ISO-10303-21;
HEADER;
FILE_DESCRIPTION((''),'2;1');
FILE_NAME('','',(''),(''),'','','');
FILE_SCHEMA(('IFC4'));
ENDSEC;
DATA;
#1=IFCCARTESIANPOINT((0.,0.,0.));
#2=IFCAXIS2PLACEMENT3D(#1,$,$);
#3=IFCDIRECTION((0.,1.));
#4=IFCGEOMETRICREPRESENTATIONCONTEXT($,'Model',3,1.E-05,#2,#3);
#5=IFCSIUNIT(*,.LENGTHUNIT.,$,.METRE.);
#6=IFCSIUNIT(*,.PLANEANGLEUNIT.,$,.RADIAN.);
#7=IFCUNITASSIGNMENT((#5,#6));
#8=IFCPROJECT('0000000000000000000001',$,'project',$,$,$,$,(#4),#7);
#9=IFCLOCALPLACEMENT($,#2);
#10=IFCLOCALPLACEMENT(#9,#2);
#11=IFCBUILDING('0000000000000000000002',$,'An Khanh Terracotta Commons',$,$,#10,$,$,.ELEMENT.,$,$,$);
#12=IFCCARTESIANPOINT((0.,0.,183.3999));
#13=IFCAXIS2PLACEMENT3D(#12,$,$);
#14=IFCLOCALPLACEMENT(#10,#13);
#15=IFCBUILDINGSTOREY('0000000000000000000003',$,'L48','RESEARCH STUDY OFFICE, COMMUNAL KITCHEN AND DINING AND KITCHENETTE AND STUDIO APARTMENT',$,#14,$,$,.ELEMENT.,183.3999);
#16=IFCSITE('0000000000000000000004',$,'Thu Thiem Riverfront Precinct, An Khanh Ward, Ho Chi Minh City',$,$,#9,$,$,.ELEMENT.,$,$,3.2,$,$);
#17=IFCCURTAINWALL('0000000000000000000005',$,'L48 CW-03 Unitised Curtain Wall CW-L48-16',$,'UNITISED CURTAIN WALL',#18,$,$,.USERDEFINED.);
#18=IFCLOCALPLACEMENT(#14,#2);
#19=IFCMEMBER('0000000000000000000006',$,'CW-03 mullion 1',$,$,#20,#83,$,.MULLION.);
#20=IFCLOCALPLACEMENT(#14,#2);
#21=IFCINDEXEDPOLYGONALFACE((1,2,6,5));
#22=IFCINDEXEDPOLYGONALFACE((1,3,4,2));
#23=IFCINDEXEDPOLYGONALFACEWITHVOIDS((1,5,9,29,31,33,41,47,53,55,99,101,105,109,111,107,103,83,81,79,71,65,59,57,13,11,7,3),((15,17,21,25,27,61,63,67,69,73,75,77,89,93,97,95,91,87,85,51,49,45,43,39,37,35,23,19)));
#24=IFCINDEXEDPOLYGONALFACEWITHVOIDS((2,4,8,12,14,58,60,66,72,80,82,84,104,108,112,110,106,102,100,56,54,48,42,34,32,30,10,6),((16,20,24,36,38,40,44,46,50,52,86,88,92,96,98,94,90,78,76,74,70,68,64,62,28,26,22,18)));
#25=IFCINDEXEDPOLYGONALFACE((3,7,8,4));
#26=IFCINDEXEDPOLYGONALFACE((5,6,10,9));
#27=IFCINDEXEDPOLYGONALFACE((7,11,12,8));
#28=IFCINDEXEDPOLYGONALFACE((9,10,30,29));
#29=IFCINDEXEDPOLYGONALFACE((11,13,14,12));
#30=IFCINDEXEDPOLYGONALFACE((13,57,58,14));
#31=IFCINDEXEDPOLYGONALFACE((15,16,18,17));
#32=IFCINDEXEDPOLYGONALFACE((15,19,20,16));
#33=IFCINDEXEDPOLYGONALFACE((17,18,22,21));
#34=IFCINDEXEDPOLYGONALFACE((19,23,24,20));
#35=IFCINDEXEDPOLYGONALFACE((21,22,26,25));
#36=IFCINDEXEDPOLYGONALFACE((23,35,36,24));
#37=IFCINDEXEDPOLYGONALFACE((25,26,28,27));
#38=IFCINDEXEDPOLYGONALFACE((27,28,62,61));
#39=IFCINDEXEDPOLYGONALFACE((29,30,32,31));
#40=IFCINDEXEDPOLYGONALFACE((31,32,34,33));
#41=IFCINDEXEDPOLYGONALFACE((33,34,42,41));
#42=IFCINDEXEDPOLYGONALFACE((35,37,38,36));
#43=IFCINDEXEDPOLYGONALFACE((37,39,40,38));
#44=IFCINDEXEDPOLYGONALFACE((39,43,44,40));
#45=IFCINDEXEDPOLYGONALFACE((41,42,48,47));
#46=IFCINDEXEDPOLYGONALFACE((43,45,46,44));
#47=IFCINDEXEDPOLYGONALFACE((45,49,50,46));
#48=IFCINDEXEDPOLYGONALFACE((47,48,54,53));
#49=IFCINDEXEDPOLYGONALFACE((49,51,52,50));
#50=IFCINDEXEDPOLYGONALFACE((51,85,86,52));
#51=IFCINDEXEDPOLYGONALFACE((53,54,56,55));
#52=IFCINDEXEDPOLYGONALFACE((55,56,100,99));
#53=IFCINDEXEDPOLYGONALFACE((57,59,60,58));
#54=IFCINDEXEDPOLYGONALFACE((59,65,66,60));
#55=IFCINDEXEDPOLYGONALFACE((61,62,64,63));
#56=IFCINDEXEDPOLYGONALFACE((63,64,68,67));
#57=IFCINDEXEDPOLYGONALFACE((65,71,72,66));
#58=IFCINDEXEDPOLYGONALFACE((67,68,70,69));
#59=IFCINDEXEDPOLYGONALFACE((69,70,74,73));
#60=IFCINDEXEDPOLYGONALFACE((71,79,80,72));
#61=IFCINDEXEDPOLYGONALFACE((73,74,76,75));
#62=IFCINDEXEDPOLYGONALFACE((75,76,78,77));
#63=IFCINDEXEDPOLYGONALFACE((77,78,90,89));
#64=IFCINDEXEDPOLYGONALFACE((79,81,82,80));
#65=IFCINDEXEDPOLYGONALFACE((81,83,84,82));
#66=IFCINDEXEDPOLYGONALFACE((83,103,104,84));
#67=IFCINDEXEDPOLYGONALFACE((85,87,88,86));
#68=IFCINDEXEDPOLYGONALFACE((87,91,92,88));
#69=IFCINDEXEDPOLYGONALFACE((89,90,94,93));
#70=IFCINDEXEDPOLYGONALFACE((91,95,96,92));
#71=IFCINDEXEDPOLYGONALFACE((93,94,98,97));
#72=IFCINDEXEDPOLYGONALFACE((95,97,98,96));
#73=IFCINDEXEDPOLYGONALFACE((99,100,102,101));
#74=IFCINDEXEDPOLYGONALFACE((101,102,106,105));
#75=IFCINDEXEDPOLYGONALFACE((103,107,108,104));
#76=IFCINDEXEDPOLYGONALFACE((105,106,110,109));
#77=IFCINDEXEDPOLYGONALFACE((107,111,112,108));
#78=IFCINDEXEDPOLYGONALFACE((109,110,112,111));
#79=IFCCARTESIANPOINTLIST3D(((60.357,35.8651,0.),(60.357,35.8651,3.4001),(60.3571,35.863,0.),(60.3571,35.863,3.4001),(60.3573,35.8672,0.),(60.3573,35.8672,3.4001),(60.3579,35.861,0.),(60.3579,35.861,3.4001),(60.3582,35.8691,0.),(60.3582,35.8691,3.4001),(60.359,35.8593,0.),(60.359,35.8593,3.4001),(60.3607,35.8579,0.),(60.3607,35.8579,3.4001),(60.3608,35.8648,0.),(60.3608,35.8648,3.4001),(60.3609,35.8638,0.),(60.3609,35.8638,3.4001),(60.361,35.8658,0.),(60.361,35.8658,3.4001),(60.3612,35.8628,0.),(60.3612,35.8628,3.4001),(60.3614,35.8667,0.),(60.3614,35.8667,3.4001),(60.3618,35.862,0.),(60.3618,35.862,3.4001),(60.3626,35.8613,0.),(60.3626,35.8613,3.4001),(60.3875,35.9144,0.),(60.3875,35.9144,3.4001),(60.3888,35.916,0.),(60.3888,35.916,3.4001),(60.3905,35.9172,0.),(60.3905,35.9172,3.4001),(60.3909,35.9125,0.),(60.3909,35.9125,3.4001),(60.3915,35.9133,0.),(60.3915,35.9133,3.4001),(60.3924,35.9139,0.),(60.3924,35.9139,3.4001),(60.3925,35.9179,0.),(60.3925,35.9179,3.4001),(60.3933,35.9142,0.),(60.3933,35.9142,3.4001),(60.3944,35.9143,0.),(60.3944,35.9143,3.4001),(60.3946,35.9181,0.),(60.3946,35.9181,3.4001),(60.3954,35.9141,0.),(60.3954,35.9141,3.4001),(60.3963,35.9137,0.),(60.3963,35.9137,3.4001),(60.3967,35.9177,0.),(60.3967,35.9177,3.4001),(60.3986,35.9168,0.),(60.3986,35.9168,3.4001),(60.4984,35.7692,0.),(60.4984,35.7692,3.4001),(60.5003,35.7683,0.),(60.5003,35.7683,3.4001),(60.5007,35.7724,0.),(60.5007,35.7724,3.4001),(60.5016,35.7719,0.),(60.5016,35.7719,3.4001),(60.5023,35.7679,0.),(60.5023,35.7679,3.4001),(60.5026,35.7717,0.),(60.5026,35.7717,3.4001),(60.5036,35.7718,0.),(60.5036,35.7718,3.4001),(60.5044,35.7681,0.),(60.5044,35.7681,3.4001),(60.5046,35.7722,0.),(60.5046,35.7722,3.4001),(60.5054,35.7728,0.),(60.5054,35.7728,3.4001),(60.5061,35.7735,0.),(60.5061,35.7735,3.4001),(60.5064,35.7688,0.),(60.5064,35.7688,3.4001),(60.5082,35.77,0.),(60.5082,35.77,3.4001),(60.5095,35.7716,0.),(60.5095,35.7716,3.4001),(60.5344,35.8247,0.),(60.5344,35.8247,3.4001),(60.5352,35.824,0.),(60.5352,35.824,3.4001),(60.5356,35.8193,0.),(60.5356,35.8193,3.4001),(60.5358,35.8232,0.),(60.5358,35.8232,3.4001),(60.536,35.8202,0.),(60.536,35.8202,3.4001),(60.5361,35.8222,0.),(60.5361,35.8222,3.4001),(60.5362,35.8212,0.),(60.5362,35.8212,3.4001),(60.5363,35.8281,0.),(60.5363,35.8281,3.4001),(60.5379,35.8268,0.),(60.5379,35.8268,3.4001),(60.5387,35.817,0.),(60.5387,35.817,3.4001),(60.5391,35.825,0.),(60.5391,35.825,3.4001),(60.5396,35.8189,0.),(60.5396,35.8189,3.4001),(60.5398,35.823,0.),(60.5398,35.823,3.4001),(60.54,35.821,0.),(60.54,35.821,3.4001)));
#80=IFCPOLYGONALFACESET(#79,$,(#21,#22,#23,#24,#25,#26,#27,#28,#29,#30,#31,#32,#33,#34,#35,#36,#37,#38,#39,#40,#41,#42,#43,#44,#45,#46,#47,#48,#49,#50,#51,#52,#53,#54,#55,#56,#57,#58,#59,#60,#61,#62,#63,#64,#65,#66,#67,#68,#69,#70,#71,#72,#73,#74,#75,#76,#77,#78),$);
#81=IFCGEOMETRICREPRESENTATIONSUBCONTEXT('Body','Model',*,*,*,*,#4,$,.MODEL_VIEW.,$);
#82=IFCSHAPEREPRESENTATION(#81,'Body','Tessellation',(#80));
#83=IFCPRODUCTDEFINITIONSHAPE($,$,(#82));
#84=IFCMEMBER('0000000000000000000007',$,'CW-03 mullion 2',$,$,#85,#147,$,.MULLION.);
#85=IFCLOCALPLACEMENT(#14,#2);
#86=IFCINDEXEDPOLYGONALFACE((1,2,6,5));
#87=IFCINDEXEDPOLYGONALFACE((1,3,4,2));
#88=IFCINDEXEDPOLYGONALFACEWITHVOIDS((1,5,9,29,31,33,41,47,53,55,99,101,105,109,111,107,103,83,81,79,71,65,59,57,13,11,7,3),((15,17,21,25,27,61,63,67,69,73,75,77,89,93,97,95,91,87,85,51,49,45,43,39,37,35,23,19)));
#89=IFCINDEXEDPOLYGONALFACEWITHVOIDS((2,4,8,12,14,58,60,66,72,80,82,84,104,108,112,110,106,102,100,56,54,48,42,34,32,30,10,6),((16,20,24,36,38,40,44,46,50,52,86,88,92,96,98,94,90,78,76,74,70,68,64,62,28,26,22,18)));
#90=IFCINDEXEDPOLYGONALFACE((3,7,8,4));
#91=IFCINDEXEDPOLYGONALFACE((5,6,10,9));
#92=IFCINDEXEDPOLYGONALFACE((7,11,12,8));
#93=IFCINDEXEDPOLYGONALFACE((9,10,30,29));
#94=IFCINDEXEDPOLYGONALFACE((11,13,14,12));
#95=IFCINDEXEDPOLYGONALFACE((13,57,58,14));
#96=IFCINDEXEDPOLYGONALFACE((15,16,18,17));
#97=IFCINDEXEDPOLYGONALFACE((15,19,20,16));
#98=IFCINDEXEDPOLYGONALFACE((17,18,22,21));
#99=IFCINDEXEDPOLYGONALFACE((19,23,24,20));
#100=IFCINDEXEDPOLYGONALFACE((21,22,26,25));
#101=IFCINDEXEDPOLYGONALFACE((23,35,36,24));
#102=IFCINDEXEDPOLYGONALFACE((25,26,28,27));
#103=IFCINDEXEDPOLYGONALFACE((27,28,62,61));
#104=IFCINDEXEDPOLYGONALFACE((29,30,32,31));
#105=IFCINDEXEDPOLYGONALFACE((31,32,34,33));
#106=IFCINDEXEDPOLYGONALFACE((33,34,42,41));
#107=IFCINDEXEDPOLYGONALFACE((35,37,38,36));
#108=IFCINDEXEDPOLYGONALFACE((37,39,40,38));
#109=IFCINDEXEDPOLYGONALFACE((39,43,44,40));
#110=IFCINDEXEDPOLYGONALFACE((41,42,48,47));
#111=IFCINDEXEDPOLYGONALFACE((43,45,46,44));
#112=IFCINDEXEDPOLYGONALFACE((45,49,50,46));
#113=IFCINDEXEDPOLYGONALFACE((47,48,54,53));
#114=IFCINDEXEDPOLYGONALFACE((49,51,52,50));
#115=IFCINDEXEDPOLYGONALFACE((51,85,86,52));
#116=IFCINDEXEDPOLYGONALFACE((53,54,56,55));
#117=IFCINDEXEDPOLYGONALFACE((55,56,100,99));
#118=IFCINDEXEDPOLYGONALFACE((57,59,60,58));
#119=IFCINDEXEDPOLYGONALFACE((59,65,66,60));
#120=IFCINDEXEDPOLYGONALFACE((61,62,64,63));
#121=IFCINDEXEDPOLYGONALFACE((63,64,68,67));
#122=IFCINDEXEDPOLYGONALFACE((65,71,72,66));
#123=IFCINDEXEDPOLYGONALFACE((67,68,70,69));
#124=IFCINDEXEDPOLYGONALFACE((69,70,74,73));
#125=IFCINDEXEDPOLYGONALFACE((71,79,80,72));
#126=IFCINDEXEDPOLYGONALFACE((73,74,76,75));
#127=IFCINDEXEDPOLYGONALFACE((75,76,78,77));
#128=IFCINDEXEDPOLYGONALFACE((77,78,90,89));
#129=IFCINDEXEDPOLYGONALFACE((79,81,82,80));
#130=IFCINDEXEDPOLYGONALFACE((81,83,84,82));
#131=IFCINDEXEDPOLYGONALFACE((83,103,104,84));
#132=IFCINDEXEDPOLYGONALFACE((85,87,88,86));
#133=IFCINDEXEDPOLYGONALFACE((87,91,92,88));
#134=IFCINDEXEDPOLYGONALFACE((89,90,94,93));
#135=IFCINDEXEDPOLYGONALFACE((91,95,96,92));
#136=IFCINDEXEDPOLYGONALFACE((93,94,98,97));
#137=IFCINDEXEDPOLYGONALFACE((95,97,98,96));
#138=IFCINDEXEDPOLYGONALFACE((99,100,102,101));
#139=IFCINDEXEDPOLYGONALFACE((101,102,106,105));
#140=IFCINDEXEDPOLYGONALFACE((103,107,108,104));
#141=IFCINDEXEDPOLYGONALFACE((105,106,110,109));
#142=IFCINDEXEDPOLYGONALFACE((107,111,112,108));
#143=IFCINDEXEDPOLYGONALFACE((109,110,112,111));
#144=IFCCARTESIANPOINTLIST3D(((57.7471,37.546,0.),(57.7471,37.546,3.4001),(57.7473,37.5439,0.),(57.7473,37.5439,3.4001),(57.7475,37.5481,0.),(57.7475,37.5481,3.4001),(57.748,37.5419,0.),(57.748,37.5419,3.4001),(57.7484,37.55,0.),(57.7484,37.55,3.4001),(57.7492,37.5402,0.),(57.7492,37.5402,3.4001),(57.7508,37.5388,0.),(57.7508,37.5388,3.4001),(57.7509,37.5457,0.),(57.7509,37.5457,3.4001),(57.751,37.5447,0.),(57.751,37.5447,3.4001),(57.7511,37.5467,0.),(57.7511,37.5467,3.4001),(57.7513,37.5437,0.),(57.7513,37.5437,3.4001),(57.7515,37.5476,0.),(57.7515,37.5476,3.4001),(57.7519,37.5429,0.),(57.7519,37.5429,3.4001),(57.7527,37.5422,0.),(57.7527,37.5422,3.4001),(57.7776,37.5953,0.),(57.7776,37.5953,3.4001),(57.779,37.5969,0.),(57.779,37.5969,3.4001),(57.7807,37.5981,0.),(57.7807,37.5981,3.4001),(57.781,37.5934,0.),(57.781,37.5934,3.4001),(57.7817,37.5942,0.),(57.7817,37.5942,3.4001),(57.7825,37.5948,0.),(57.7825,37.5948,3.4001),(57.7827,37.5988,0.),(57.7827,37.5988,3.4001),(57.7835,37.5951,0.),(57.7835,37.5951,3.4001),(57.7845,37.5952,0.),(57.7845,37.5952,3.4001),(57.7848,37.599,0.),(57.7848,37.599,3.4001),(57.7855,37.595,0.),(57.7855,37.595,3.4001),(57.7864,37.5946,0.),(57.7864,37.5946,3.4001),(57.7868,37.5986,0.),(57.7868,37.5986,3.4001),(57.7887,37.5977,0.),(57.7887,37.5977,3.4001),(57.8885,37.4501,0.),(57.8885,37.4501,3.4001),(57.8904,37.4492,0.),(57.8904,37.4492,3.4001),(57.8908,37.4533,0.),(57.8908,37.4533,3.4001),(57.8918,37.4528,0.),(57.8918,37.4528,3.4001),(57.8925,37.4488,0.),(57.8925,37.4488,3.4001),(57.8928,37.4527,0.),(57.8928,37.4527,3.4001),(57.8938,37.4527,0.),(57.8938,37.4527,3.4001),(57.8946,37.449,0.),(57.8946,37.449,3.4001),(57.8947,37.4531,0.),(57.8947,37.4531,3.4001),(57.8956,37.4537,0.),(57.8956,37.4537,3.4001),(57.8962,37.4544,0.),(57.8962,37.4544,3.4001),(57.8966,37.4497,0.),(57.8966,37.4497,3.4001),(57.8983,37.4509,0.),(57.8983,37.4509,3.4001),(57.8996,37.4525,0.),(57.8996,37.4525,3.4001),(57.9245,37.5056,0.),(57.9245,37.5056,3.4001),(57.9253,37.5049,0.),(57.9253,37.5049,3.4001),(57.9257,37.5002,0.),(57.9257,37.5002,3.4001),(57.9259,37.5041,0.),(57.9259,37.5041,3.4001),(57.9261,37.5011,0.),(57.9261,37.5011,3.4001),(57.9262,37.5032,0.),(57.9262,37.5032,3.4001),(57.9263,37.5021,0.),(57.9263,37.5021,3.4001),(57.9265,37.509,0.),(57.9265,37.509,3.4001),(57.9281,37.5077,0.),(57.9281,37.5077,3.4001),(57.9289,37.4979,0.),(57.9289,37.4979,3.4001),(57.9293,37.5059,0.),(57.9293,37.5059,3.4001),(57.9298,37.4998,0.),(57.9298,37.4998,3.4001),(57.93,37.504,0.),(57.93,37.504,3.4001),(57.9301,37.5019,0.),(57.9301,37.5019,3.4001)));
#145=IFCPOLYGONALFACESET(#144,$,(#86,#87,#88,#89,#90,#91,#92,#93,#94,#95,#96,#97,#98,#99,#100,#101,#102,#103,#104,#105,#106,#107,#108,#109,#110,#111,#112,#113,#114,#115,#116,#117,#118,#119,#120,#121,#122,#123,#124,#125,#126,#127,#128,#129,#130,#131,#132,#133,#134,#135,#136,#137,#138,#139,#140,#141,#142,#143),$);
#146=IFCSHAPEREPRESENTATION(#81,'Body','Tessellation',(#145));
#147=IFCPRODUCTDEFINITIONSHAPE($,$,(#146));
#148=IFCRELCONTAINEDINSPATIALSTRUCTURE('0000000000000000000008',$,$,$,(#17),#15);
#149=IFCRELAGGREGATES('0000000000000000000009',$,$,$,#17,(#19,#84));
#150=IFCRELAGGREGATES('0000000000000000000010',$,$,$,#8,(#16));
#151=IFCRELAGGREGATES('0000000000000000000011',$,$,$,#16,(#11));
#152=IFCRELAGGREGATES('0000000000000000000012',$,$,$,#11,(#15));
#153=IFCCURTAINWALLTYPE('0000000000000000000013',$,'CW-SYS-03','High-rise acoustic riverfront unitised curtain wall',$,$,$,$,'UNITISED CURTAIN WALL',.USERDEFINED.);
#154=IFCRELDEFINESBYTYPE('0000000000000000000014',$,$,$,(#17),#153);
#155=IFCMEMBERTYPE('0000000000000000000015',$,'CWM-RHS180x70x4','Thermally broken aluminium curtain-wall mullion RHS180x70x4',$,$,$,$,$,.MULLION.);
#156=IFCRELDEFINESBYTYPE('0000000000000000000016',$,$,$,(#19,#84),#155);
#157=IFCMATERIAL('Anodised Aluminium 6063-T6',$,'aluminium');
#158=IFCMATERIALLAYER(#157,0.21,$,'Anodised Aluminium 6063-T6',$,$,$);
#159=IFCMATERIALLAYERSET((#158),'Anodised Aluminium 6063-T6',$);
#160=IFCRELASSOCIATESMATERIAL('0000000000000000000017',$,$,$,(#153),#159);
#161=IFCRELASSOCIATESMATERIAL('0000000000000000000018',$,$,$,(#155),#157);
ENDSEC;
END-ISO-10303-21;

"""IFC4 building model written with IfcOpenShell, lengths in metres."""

from ifc_helpers import new_model, si_unit, direction, frame, origin, origin_2d, place, context, subcontext, project, spatial, hollow_rectangle, extrude, material, layer, layer_set, material_profile, profile_set, type_object, element, aggregate, save


model = new_model("IFC4")

# Units and contexts
model_context = context("Model", 3, precision=1e-05, world=origin(), true_north=direction((0.0, 1.0)))
body_context = subcontext(model_context, "Body", "Model", "MODEL_VIEW")
ifc_project = project(units=[si_unit("LENGTHUNIT", "METRE"), si_unit("PLANEANGLEUNIT", "RADIAN")], contexts=[model_context])

# Site, building, storey
site_placement = place(None, origin())
site = spatial("IfcSite", under=ifc_project, at=site_placement, Name="Thu Thiem Riverfront Precinct, An Khanh Ward, Ho Chi Minh City", CompositionType="ELEMENT", RefElevation=3.2)
building_placement = place(site_placement, origin())
building = spatial("IfcBuilding", under=site, at=building_placement, Name="An Khanh Terracotta Commons", CompositionType="ELEMENT")
storey_placement = place(building_placement, frame((0.0, 0.0, 183.3999)))
storey = spatial("IfcBuildingStorey", under=building, at=storey_placement, Name="L48", Description="RESEARCH STUDY OFFICE, COMMUNAL KITCHEN AND DINING AND KITCHENETTE AND STUDIO APARTMENT", CompositionType="ELEMENT", Elevation=183.3999)

# Curtain wall, members
ifc_material_1 = material(Name="Anodised Aluminium 6063-T6", Category="aluminium")
ifc_layer_1 = layer(ifc_material_1, 0.21, Name="Anodised Aluminium 6063-T6")
ifc_layer_set_1 = layer_set([ifc_layer_1], Name="Anodised Aluminium 6063-T6")
curtain_wall_type_1 = type_object("IfcCurtainWallType", Name="CW-SYS-03", Description="High-rise acoustic riverfront unitised curtain wall", ElementType="UNITISED CURTAIN WALL", PredefinedType="USERDEFINED", material=ifc_layer_set_1)
curtain_wall_1_placement = place(storey_placement, origin())
curtain_wall_1 = element("IfcCurtainWall", 1, at=curtain_wall_1_placement, inside=storey, type_object=curtain_wall_type_1, Name="L48 CW-03 Unitised Curtain Wall CW-L48-16", ObjectType="UNITISED CURTAIN WALL", PredefinedType="USERDEFINED")
ifc_material_profile_1 = material_profile(ifc_material_1, hollow_rectangle(XDim=0.0701, YDim=0.1799, WallThickness=0.0039, InnerFilletRadius=0.0039, OuterFilletRadius=0.0081, at=origin_2d()), Name="RHS180x70x4")
ifc_profile_set_1 = profile_set([ifc_material_profile_1], Name="Anodised Aluminium 6063-T6")
member_type_1 = type_object("IfcMemberType", Name="CWM-RHS180x70x4", Description="Thermally broken aluminium curtain-wall mullion RHS180x70x4", PredefinedType="MULLION", material=ifc_profile_set_1)
member_1_placement = place(storey_placement, frame((60.4485, 35.843, 0.0), z_axis=(0.0, 0.0, 1.0), x_axis=(-0.541498, -0.840702, 0.0)))
member_1 = element("IfcMember", 2, at=member_1_placement, type_object=member_type_1, Name="CW-03 mullion 1", PredefinedType="MULLION", context=body_context, shape_type="SweptSolid", body=[
    extrude(hollow_rectangle(XDim=0.0701, YDim=0.1799, WallThickness=0.0039, InnerFilletRadius=0.0039, OuterFilletRadius=0.0081, at=origin_2d()), origin(), (0.0, 0.0, 1.0), 3.4001),
])
member_2_placement = place(storey_placement, frame((57.8386, 37.5239, 0.0), z_axis=(0.0, 0.0, 1.0), x_axis=(-0.541498, -0.840702, 0.0)))
member_2 = element("IfcMember", 3, at=member_2_placement, type_object=member_type_1, Name="CW-03 mullion 2", PredefinedType="MULLION", context=body_context, shape_type="SweptSolid", body=[
    extrude(hollow_rectangle(XDim=0.0701, YDim=0.1799, WallThickness=0.0039, InnerFilletRadius=0.0039, OuterFilletRadius=0.0081, at=origin_2d()), origin(), (0.0, 0.0, 1.0), 3.4001),
])

aggregate(curtain_wall_1, [member_1, member_2])

save(model, "model.ifc")
